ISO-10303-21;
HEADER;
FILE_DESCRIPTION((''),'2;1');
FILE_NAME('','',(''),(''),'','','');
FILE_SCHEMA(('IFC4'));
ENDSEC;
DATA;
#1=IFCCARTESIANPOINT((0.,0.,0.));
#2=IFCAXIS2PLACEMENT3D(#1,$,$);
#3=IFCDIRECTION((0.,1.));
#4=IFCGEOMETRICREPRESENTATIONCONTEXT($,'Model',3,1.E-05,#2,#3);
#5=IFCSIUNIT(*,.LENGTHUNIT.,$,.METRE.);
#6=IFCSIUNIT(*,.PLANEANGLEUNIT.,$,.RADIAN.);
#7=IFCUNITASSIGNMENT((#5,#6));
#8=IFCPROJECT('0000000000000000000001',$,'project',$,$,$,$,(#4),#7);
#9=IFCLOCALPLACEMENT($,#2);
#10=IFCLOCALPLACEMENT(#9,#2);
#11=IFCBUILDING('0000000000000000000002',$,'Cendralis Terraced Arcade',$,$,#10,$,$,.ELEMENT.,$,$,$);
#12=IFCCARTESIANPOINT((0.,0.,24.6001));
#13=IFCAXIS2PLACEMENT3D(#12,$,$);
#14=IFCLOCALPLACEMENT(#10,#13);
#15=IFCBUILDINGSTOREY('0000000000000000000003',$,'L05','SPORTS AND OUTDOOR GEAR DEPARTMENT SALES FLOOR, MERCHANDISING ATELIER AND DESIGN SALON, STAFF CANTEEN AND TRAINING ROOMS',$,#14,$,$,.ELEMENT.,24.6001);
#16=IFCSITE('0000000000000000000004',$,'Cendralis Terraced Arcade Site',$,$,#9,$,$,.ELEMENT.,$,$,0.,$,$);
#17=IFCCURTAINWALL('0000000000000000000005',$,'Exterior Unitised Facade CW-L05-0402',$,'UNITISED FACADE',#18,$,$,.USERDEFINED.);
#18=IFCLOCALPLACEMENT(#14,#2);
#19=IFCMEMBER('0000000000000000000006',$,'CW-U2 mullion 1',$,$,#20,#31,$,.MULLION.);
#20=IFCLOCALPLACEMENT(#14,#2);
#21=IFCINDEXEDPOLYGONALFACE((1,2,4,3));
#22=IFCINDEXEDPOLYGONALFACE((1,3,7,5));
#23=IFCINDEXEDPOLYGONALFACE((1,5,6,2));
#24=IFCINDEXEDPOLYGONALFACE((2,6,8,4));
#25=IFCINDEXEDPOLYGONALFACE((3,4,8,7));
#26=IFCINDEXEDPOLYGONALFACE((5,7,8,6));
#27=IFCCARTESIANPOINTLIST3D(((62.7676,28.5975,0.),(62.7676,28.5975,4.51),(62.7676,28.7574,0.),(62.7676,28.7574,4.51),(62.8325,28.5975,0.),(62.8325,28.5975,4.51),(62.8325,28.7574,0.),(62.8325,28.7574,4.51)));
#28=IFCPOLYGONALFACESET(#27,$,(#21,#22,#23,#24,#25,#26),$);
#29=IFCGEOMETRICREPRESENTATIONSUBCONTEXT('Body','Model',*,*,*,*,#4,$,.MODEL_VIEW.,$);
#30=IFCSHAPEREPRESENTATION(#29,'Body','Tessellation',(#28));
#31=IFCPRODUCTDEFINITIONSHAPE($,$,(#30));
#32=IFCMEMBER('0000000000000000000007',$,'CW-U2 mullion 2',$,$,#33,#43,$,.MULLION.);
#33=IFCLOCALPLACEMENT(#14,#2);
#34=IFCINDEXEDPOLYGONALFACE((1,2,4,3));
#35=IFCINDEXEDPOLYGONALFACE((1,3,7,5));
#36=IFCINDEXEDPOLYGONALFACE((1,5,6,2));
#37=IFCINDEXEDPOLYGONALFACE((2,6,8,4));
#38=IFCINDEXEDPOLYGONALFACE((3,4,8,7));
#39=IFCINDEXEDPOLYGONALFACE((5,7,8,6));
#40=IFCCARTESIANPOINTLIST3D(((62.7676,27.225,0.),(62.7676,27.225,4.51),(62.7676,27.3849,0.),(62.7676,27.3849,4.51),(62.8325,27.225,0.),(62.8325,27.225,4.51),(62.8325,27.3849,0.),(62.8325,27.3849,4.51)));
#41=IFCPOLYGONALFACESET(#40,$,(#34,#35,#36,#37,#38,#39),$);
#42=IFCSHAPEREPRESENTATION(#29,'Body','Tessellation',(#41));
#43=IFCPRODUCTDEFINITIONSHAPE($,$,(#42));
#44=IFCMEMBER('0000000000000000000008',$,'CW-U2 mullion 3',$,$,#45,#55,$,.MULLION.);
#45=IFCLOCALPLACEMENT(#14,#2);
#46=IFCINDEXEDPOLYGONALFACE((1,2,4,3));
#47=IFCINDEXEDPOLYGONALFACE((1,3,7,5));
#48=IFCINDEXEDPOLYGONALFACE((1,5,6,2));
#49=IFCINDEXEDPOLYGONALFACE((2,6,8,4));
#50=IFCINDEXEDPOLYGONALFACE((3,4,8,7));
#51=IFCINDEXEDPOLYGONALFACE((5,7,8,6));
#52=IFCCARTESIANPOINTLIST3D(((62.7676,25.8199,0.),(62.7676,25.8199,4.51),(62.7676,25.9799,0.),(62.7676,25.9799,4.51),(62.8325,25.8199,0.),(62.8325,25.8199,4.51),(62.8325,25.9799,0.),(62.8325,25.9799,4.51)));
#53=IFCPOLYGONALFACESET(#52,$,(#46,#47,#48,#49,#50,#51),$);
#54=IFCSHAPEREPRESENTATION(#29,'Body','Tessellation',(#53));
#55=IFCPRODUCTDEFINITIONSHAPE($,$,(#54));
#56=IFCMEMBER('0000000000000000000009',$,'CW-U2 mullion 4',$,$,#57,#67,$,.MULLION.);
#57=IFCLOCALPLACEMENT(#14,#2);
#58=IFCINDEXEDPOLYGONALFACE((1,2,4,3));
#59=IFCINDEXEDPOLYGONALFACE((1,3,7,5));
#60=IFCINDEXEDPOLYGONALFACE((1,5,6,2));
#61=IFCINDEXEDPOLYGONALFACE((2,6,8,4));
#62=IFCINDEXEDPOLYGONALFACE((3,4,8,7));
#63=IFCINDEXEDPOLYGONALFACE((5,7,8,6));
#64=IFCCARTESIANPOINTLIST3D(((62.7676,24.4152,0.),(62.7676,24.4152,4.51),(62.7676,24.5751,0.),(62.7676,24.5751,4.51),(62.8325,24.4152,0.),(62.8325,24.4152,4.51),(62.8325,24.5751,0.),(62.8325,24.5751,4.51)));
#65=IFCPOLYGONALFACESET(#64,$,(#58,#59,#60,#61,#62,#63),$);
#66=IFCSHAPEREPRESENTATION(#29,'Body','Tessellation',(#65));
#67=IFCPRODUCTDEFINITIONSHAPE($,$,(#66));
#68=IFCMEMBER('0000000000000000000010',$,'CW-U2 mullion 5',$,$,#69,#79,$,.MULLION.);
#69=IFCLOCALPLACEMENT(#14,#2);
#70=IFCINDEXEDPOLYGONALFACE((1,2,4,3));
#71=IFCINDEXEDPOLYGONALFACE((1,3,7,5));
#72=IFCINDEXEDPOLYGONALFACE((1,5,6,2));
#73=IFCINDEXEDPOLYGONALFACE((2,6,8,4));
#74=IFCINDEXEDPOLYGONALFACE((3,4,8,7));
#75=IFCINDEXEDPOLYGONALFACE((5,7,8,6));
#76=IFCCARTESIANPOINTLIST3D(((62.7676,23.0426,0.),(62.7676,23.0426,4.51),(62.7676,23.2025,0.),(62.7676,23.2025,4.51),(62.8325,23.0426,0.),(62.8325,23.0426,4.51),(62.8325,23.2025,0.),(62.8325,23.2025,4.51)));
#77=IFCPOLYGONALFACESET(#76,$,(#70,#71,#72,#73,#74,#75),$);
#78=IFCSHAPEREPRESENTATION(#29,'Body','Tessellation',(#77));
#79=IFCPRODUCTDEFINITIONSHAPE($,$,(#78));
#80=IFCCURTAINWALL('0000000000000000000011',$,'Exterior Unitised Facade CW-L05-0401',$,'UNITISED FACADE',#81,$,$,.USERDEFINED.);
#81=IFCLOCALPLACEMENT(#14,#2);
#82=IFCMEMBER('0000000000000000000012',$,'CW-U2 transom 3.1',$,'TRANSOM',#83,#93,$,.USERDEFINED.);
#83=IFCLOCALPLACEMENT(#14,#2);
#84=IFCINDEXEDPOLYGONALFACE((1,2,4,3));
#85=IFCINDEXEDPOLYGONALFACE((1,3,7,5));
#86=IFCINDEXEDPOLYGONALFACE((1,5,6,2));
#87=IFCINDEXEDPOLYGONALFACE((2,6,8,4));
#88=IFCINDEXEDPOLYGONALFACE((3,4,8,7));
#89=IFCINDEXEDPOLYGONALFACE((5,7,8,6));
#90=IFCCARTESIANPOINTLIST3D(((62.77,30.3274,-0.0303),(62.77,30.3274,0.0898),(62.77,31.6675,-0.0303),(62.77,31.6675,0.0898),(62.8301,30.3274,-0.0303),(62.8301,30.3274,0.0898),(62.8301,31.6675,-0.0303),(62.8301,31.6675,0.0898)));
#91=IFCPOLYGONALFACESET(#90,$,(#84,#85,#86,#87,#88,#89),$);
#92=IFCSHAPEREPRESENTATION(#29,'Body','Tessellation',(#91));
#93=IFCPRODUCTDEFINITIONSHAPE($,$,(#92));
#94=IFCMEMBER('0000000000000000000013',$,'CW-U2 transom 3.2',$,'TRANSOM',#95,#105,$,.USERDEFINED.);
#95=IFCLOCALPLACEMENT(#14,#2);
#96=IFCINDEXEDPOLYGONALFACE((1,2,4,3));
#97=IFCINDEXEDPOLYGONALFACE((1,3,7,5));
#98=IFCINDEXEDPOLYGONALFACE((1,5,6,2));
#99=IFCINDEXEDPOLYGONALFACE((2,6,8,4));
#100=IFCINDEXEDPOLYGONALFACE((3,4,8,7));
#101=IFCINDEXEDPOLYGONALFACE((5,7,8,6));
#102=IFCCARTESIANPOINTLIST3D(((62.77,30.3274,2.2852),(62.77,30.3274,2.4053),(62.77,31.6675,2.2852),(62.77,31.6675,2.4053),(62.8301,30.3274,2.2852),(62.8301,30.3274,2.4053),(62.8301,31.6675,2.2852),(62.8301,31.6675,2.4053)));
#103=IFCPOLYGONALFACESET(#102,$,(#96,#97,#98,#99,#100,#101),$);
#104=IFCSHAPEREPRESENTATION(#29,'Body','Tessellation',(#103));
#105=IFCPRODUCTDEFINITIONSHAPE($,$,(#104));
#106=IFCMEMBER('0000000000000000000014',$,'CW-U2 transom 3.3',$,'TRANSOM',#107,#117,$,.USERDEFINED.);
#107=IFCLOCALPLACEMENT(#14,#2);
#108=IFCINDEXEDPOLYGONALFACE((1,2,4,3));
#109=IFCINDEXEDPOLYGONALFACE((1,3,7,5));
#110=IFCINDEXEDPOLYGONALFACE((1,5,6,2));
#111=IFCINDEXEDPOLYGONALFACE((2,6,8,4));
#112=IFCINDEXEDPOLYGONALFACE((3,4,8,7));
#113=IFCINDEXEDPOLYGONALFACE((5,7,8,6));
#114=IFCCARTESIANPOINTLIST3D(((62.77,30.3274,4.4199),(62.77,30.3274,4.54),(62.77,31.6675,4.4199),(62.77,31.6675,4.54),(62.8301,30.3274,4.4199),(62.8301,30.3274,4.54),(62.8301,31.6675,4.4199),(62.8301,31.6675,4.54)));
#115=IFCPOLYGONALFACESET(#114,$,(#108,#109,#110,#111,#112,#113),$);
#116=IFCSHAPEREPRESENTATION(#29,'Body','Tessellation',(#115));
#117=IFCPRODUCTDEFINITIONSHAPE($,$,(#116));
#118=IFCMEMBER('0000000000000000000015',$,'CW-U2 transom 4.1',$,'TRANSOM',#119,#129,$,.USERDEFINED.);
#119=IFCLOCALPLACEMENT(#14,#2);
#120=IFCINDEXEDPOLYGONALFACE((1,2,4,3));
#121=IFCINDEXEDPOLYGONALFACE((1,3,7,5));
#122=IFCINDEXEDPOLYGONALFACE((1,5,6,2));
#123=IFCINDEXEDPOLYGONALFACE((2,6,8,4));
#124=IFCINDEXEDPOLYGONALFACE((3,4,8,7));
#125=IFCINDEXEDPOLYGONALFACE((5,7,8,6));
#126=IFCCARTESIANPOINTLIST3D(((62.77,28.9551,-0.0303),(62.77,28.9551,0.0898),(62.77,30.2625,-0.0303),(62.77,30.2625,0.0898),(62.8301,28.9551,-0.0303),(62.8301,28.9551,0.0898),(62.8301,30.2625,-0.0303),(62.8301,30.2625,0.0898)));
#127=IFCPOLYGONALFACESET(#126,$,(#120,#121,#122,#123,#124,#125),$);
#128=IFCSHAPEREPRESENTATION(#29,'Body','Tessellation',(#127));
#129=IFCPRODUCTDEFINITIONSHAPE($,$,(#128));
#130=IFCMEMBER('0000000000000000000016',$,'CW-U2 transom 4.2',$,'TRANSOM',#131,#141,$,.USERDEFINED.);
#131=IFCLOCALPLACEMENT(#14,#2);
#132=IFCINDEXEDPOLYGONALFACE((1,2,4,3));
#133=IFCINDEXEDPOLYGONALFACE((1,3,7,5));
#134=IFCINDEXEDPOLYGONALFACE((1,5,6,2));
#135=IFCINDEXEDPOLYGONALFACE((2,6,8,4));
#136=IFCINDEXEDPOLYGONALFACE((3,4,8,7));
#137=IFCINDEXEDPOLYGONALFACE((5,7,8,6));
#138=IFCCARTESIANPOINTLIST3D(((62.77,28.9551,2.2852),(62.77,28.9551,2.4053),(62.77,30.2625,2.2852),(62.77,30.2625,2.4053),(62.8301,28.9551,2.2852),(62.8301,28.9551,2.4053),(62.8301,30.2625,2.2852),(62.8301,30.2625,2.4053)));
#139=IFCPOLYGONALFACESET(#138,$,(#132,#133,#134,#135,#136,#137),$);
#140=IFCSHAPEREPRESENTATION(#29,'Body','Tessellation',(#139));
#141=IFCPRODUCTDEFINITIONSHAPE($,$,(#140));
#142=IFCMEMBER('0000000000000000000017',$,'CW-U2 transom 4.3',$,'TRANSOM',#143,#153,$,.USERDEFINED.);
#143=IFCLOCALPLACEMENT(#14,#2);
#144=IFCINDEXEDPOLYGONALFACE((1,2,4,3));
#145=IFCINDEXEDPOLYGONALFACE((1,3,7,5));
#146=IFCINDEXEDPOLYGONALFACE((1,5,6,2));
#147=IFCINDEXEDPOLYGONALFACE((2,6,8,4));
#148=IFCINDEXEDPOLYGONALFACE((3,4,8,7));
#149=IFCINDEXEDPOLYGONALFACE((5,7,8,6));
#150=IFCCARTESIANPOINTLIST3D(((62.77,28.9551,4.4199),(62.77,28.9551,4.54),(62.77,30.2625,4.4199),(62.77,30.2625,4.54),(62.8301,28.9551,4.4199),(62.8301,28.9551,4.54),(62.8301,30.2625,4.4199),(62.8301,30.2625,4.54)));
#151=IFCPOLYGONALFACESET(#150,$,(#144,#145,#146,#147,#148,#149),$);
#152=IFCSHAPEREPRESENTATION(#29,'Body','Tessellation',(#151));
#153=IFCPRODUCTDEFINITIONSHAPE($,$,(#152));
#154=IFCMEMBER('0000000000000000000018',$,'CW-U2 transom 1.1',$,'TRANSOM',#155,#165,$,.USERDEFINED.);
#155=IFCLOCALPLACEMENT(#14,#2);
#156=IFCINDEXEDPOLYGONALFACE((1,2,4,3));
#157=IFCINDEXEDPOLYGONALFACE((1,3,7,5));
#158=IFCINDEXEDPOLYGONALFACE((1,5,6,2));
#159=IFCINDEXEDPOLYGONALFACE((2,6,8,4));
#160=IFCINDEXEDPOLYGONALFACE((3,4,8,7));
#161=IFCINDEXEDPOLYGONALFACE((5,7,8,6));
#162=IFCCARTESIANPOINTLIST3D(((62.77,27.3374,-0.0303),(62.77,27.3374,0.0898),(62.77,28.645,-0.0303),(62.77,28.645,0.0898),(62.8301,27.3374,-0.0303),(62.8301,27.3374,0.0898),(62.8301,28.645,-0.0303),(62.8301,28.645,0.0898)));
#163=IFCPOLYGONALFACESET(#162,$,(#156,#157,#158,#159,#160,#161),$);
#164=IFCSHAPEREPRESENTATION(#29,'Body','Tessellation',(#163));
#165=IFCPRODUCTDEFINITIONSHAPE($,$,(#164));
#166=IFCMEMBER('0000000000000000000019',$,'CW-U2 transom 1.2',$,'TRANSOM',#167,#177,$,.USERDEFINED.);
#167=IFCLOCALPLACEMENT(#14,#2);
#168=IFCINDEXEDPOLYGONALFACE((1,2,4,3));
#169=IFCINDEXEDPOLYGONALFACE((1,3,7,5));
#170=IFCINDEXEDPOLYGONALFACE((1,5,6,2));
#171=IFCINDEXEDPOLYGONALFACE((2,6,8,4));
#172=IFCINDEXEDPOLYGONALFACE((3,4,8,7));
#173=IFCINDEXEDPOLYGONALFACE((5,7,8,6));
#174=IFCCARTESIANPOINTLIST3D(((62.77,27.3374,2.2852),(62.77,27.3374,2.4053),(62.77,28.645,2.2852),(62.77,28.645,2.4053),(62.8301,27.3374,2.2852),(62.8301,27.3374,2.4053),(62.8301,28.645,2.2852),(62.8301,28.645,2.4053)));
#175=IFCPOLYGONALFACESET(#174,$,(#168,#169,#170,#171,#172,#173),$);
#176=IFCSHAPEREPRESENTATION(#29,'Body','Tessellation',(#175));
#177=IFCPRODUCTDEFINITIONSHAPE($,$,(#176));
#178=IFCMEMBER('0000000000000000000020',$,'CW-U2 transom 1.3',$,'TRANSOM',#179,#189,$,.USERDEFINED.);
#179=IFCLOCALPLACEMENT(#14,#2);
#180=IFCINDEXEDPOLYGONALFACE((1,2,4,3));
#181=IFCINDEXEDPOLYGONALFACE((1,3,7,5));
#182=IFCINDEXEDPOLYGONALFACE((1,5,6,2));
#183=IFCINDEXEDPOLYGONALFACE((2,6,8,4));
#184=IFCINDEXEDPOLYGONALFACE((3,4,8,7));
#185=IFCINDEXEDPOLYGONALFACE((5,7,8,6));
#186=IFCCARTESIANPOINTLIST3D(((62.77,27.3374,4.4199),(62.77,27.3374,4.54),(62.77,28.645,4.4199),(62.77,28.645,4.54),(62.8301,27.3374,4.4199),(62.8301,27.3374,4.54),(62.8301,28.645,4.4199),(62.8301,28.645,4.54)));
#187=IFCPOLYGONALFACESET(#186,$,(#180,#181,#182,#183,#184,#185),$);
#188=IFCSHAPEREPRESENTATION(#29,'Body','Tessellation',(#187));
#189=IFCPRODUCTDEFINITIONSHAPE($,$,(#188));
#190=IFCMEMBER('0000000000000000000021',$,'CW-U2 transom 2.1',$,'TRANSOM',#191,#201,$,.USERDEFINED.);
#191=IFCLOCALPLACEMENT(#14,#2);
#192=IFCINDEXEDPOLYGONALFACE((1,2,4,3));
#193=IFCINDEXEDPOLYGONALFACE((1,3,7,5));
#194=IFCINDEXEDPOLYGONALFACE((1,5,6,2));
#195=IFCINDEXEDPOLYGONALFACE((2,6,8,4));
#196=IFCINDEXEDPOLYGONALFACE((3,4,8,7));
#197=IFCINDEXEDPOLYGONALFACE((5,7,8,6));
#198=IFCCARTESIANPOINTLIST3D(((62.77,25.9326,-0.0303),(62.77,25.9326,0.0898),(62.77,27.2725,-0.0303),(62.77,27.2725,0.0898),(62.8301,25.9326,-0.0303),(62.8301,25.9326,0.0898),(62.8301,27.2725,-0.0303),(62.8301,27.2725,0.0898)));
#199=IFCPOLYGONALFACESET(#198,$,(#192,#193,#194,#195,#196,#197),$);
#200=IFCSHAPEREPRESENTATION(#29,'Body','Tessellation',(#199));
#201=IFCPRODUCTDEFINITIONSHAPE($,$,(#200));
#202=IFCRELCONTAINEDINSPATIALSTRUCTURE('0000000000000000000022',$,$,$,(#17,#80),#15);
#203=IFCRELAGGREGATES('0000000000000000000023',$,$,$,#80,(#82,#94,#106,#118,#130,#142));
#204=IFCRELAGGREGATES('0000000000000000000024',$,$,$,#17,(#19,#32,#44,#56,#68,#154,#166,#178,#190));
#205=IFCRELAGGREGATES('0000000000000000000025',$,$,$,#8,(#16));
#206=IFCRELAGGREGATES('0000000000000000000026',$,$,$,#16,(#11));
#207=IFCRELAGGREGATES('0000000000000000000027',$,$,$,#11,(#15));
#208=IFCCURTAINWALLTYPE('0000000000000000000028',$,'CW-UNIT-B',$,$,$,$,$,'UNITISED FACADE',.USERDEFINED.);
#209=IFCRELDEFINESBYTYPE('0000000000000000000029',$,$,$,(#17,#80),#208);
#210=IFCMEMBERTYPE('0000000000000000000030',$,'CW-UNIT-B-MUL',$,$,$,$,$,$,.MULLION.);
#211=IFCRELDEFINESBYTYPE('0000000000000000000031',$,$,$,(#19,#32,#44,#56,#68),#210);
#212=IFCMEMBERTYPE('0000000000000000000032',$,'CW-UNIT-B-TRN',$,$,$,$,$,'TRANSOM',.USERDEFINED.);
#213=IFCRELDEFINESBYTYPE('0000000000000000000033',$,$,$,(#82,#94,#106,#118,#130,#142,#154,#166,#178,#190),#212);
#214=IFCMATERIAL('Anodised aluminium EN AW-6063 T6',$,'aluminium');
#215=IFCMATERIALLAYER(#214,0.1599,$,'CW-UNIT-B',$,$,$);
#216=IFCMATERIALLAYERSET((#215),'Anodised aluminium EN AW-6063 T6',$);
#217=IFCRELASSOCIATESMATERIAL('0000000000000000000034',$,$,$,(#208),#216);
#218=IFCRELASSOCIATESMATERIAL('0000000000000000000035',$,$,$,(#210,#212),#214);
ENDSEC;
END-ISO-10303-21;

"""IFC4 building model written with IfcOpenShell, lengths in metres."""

from ifc_helpers import new_model, si_unit, direction, frame, origin, origin_2d, place, context, subcontext, project, spatial, rectangle, extrude, material, layer, layer_set, material_profile, profile_set, type_object, element, aggregate, save


model = new_model("IFC4")

# Units and contexts
model_context = context("Model", 3, precision=1e-05, world=origin(), true_north=direction((0.0, 1.0)))
body_context = subcontext(model_context, "Body", "Model", "MODEL_VIEW")
ifc_project = project(units=[si_unit("LENGTHUNIT", "METRE"), si_unit("PLANEANGLEUNIT", "RADIAN")], contexts=[model_context])

# Site, building, storey
site_placement = place(None, origin())
site = spatial("IfcSite", under=ifc_project, at=site_placement, Name="Cendralis Terraced Arcade Site", CompositionType="ELEMENT", RefElevation=0.0)
building_placement = place(site_placement, origin())
building = spatial("IfcBuilding", under=site, at=building_placement, Name="Cendralis Terraced Arcade", CompositionType="ELEMENT")
storey_placement = place(building_placement, frame((0.0, 0.0, 24.6001)))
storey = spatial("IfcBuildingStorey", under=building, at=storey_placement, Name="L05", Description="SPORTS AND OUTDOOR GEAR DEPARTMENT SALES FLOOR, MERCHANDISING ATELIER AND DESIGN SALON, STAFF CANTEEN AND TRAINING ROOMS", CompositionType="ELEMENT", Elevation=24.6001)

# Curtain walls, members
ifc_material_1 = material(Name="Anodised aluminium EN AW-6063 T6", Category="aluminium")
ifc_layer_1 = layer(ifc_material_1, 0.1599, Name="CW-UNIT-B")
ifc_layer_set_1 = layer_set([ifc_layer_1], Name="Anodised aluminium EN AW-6063 T6")
curtain_wall_type = type_object("IfcCurtainWallType", Name="CW-UNIT-B", ElementType="UNITISED FACADE", PredefinedType="USERDEFINED", material=ifc_layer_set_1)
curtain_wall_1_placement = place(storey_placement, origin())
curtain_wall_1 = element("IfcCurtainWall", 1, at=curtain_wall_1_placement, inside=storey, type_object=curtain_wall_type, Name="Exterior Unitised Facade CW-L05-0402", ObjectType="UNITISED FACADE", PredefinedType="USERDEFINED")
ifc_material_profile_1 = material_profile(ifc_material_1, rectangle(XDim=0.0649, YDim=0.1599, at=origin_2d()), Name="ALU-MUL-65x160")
ifc_profile_set_1 = profile_set([ifc_material_profile_1], Name="Anodised aluminium EN AW-6063 T6")
member_type_1 = type_object("IfcMemberType", Name="CW-UNIT-B-MUL", PredefinedType="MULLION", material=ifc_profile_set_1)
member_1_placement = place(storey_placement, frame((62.8, 28.6775, 0.0), z_axis=(0.0, 0.0, 1.0), x_axis=(1.0, 0.0, 0.0)))
member_1 = element("IfcMember", 2, at=member_1_placement, type_object=member_type_1, Name="CW-U2 mullion 1", PredefinedType="MULLION", context=body_context, shape_type="SweptSolid", body=[
    extrude(rectangle(XDim=0.0649, YDim=0.1599, at=origin_2d()), origin(), (0.0, 0.0, 1.0), 4.51),
])
member_2_placement = place(storey_placement, frame((62.8, 27.3049, 0.0), z_axis=(0.0, 0.0, 1.0), x_axis=(1.0, 0.0, 0.0)))
member_2 = element("IfcMember", 3, at=member_2_placement, type_object=member_type_1, Name="CW-U2 mullion 2", PredefinedType="MULLION", context=body_context, shape_type="SweptSolid", body=[
    extrude(rectangle(XDim=0.0649, YDim=0.1599, at=origin_2d()), origin(), (0.0, 0.0, 1.0), 4.51),
])
member_3_placement = place(storey_placement, frame((62.8, 25.8999, 0.0), z_axis=(0.0, 0.0, 1.0), x_axis=(1.0, 0.0, 0.0)))
member_3 = element("IfcMember", 4, at=member_3_placement, type_object=member_type_1, Name="CW-U2 mullion 3", PredefinedType="MULLION", context=body_context, shape_type="SweptSolid", body=[
    extrude(rectangle(XDim=0.0649, YDim=0.1599, at=origin_2d()), origin(), (0.0, 0.0, 1.0), 4.51),
])
member_4_placement = place(storey_placement, frame((62.8, 24.4951, 0.0), z_axis=(0.0, 0.0, 1.0), x_axis=(1.0, 0.0, 0.0)))
member_4 = element("IfcMember", 5, at=member_4_placement, type_object=member_type_1, Name="CW-U2 mullion 4", PredefinedType="MULLION", context=body_context, shape_type="SweptSolid", body=[
    extrude(rectangle(XDim=0.0649, YDim=0.1599, at=origin_2d()), origin(), (0.0, 0.0, 1.0), 4.51),
])
member_5_placement = place(storey_placement, frame((62.8, 23.1226, 0.0), z_axis=(0.0, 0.0, 1.0), x_axis=(1.0, 0.0, 0.0)))
member_5 = element("IfcMember", 6, at=member_5_placement, type_object=member_type_1, Name="CW-U2 mullion 5", PredefinedType="MULLION", context=body_context, shape_type="SweptSolid", body=[
    extrude(rectangle(XDim=0.0649, YDim=0.1599, at=origin_2d()), origin(), (0.0, 0.0, 1.0), 4.51),
])
curtain_wall_2_placement = place(storey_placement, origin())
curtain_wall_2 = element("IfcCurtainWall", 7, at=curtain_wall_2_placement, inside=storey, type_object=curtain_wall_type, Name="Exterior Unitised Facade CW-L05-0401", ObjectType="UNITISED FACADE", PredefinedType="USERDEFINED")
ifc_material_profile_2 = material_profile(ifc_material_1, rectangle(XDim=0.0601, YDim=0.1201, at=origin_2d()), Name="ALU-TRN-60x120")
ifc_profile_set_2 = profile_set([ifc_material_profile_2], Name="Anodised aluminium EN AW-6063 T6")
member_type_2 = type_object("IfcMemberType", Name="CW-UNIT-B-TRN", ElementType="TRANSOM", PredefinedType="USERDEFINED", material=ifc_profile_set_2)
member_6_placement = place(storey_placement, frame((62.8, 31.6675, 0.0298), z_axis=(0.0, -1.0, 0.0), x_axis=(1.0, 0.0, 0.0)))
member_6 = element("IfcMember", 8, at=member_6_placement, type_object=member_type_2, Name="CW-U2 transom 3.1", ObjectType="TRANSOM", PredefinedType="USERDEFINED", context=body_context, shape_type="SweptSolid", body=[
    extrude(rectangle(XDim=0.0601, YDim=0.1201, at=origin_2d()), origin(), (0.0, 0.0, 1.0), 1.3401),
])
member_7_placement = place(storey_placement, frame((62.8, 31.6675, 2.3452), z_axis=(0.0, -1.0, 0.0), x_axis=(1.0, 0.0, 0.0)))
member_7 = element("IfcMember", 9, at=member_7_placement, type_object=member_type_2, Name="CW-U2 transom 3.2", ObjectType="TRANSOM", PredefinedType="USERDEFINED", context=body_context, shape_type="SweptSolid", body=[
    extrude(rectangle(XDim=0.0601, YDim=0.1201, at=origin_2d()), origin(), (0.0, 0.0, 1.0), 1.3401),
])
member_8_placement = place(storey_placement, frame((62.8, 31.6675, 4.48), z_axis=(0.0, -1.0, 0.0), x_axis=(1.0, 0.0, 0.0)))
member_8 = element("IfcMember", 10, at=member_8_placement, type_object=member_type_2, Name="CW-U2 transom 3.3", ObjectType="TRANSOM", PredefinedType="USERDEFINED", context=body_context, shape_type="SweptSolid", body=[
    extrude(rectangle(XDim=0.0601, YDim=0.1201, at=origin_2d()), origin(), (0.0, 0.0, 1.0), 1.3401),
])
member_9_placement = place(storey_placement, frame((62.8, 30.2625, 0.0298), z_axis=(0.0, -1.0, 0.0), x_axis=(1.0, 0.0, 0.0)))
member_9 = element("IfcMember", 11, at=member_9_placement, type_object=member_type_2, Name="CW-U2 transom 4.1", ObjectType="TRANSOM", PredefinedType="USERDEFINED", context=body_context, shape_type="SweptSolid", body=[
    extrude(rectangle(XDim=0.0601, YDim=0.1201, at=origin_2d()), origin(), (0.0, 0.0, 1.0), 1.3074),
])
member_10_placement = place(storey_placement, frame((62.8, 30.2625, 2.3452), z_axis=(0.0, -1.0, 0.0), x_axis=(1.0, 0.0, 0.0)))
member_10 = element("IfcMember", 12, at=member_10_placement, type_object=member_type_2, Name="CW-U2 transom 4.2", ObjectType="TRANSOM", PredefinedType="USERDEFINED", context=body_context, shape_type="SweptSolid", body=[
    extrude(rectangle(XDim=0.0601, YDim=0.1201, at=origin_2d()), origin(), (0.0, 0.0, 1.0), 1.3074),
])
member_11_placement = place(storey_placement, frame((62.8, 30.2625, 4.48), z_axis=(0.0, -1.0, 0.0), x_axis=(1.0, 0.0, 0.0)))
member_11 = element("IfcMember", 13, at=member_11_placement, type_object=member_type_2, Name="CW-U2 transom 4.3", ObjectType="TRANSOM", PredefinedType="USERDEFINED", context=body_context, shape_type="SweptSolid", body=[
    extrude(rectangle(XDim=0.0601, YDim=0.1201, at=origin_2d()), origin(), (0.0, 0.0, 1.0), 1.3074),
])

# Members
member_12_placement = place(storey_placement, frame((62.8, 28.645, 0.0298), z_axis=(0.0, -1.0, 0.0), x_axis=(1.0, 0.0, 0.0)))
member_12 = element("IfcMember", 14, at=member_12_placement, type_object=member_type_2, Name="CW-U2 transom 1.1", ObjectType="TRANSOM", PredefinedType="USERDEFINED", context=body_context, shape_type="SweptSolid", body=[
    extrude(rectangle(XDim=0.0601, YDim=0.1201, at=origin_2d()), origin(), (0.0, 0.0, 1.0), 1.3076),
])
member_13_placement = place(storey_placement, frame((62.8, 28.645, 2.3452), z_axis=(0.0, -1.0, 0.0), x_axis=(1.0, 0.0, 0.0)))
member_13 = element("IfcMember", 15, at=member_13_placement, type_object=member_type_2, Name="CW-U2 transom 1.2", ObjectType="TRANSOM", PredefinedType="USERDEFINED", context=body_context, shape_type="SweptSolid", body=[
    extrude(rectangle(XDim=0.0601, YDim=0.1201, at=origin_2d()), origin(), (0.0, 0.0, 1.0), 1.3076),
])
member_14_placement = place(storey_placement, frame((62.8, 28.645, 4.48), z_axis=(0.0, -1.0, 0.0), x_axis=(1.0, 0.0, 0.0)))
member_14 = element("IfcMember", 16, at=member_14_placement, type_object=member_type_2, Name="CW-U2 transom 1.3", ObjectType="TRANSOM", PredefinedType="USERDEFINED", context=body_context, shape_type="SweptSolid", body=[
    extrude(rectangle(XDim=0.0601, YDim=0.1201, at=origin_2d()), origin(), (0.0, 0.0, 1.0), 1.3076),
])
member_15_placement = place(storey_placement, frame((62.8, 27.2725, 0.0298), z_axis=(0.0, -1.0, 0.0), x_axis=(1.0, 0.0, 0.0)))
member_15 = element("IfcMember", 17, at=member_15_placement, type_object=member_type_2, Name="CW-U2 transom 2.1", ObjectType="TRANSOM", PredefinedType="USERDEFINED", context=body_context, shape_type="SweptSolid", body=[
    extrude(rectangle(XDim=0.0601, YDim=0.1201, at=origin_2d()), origin(), (0.0, 0.0, 1.0), 1.3398),
])

aggregate(curtain_wall_2, [member_6, member_7, member_8, member_9, member_10, member_11])
aggregate(curtain_wall_1, [member_1, member_2, member_3, member_4, member_5, member_12, member_13, member_14, member_15])

save(model, "model.ifc")
